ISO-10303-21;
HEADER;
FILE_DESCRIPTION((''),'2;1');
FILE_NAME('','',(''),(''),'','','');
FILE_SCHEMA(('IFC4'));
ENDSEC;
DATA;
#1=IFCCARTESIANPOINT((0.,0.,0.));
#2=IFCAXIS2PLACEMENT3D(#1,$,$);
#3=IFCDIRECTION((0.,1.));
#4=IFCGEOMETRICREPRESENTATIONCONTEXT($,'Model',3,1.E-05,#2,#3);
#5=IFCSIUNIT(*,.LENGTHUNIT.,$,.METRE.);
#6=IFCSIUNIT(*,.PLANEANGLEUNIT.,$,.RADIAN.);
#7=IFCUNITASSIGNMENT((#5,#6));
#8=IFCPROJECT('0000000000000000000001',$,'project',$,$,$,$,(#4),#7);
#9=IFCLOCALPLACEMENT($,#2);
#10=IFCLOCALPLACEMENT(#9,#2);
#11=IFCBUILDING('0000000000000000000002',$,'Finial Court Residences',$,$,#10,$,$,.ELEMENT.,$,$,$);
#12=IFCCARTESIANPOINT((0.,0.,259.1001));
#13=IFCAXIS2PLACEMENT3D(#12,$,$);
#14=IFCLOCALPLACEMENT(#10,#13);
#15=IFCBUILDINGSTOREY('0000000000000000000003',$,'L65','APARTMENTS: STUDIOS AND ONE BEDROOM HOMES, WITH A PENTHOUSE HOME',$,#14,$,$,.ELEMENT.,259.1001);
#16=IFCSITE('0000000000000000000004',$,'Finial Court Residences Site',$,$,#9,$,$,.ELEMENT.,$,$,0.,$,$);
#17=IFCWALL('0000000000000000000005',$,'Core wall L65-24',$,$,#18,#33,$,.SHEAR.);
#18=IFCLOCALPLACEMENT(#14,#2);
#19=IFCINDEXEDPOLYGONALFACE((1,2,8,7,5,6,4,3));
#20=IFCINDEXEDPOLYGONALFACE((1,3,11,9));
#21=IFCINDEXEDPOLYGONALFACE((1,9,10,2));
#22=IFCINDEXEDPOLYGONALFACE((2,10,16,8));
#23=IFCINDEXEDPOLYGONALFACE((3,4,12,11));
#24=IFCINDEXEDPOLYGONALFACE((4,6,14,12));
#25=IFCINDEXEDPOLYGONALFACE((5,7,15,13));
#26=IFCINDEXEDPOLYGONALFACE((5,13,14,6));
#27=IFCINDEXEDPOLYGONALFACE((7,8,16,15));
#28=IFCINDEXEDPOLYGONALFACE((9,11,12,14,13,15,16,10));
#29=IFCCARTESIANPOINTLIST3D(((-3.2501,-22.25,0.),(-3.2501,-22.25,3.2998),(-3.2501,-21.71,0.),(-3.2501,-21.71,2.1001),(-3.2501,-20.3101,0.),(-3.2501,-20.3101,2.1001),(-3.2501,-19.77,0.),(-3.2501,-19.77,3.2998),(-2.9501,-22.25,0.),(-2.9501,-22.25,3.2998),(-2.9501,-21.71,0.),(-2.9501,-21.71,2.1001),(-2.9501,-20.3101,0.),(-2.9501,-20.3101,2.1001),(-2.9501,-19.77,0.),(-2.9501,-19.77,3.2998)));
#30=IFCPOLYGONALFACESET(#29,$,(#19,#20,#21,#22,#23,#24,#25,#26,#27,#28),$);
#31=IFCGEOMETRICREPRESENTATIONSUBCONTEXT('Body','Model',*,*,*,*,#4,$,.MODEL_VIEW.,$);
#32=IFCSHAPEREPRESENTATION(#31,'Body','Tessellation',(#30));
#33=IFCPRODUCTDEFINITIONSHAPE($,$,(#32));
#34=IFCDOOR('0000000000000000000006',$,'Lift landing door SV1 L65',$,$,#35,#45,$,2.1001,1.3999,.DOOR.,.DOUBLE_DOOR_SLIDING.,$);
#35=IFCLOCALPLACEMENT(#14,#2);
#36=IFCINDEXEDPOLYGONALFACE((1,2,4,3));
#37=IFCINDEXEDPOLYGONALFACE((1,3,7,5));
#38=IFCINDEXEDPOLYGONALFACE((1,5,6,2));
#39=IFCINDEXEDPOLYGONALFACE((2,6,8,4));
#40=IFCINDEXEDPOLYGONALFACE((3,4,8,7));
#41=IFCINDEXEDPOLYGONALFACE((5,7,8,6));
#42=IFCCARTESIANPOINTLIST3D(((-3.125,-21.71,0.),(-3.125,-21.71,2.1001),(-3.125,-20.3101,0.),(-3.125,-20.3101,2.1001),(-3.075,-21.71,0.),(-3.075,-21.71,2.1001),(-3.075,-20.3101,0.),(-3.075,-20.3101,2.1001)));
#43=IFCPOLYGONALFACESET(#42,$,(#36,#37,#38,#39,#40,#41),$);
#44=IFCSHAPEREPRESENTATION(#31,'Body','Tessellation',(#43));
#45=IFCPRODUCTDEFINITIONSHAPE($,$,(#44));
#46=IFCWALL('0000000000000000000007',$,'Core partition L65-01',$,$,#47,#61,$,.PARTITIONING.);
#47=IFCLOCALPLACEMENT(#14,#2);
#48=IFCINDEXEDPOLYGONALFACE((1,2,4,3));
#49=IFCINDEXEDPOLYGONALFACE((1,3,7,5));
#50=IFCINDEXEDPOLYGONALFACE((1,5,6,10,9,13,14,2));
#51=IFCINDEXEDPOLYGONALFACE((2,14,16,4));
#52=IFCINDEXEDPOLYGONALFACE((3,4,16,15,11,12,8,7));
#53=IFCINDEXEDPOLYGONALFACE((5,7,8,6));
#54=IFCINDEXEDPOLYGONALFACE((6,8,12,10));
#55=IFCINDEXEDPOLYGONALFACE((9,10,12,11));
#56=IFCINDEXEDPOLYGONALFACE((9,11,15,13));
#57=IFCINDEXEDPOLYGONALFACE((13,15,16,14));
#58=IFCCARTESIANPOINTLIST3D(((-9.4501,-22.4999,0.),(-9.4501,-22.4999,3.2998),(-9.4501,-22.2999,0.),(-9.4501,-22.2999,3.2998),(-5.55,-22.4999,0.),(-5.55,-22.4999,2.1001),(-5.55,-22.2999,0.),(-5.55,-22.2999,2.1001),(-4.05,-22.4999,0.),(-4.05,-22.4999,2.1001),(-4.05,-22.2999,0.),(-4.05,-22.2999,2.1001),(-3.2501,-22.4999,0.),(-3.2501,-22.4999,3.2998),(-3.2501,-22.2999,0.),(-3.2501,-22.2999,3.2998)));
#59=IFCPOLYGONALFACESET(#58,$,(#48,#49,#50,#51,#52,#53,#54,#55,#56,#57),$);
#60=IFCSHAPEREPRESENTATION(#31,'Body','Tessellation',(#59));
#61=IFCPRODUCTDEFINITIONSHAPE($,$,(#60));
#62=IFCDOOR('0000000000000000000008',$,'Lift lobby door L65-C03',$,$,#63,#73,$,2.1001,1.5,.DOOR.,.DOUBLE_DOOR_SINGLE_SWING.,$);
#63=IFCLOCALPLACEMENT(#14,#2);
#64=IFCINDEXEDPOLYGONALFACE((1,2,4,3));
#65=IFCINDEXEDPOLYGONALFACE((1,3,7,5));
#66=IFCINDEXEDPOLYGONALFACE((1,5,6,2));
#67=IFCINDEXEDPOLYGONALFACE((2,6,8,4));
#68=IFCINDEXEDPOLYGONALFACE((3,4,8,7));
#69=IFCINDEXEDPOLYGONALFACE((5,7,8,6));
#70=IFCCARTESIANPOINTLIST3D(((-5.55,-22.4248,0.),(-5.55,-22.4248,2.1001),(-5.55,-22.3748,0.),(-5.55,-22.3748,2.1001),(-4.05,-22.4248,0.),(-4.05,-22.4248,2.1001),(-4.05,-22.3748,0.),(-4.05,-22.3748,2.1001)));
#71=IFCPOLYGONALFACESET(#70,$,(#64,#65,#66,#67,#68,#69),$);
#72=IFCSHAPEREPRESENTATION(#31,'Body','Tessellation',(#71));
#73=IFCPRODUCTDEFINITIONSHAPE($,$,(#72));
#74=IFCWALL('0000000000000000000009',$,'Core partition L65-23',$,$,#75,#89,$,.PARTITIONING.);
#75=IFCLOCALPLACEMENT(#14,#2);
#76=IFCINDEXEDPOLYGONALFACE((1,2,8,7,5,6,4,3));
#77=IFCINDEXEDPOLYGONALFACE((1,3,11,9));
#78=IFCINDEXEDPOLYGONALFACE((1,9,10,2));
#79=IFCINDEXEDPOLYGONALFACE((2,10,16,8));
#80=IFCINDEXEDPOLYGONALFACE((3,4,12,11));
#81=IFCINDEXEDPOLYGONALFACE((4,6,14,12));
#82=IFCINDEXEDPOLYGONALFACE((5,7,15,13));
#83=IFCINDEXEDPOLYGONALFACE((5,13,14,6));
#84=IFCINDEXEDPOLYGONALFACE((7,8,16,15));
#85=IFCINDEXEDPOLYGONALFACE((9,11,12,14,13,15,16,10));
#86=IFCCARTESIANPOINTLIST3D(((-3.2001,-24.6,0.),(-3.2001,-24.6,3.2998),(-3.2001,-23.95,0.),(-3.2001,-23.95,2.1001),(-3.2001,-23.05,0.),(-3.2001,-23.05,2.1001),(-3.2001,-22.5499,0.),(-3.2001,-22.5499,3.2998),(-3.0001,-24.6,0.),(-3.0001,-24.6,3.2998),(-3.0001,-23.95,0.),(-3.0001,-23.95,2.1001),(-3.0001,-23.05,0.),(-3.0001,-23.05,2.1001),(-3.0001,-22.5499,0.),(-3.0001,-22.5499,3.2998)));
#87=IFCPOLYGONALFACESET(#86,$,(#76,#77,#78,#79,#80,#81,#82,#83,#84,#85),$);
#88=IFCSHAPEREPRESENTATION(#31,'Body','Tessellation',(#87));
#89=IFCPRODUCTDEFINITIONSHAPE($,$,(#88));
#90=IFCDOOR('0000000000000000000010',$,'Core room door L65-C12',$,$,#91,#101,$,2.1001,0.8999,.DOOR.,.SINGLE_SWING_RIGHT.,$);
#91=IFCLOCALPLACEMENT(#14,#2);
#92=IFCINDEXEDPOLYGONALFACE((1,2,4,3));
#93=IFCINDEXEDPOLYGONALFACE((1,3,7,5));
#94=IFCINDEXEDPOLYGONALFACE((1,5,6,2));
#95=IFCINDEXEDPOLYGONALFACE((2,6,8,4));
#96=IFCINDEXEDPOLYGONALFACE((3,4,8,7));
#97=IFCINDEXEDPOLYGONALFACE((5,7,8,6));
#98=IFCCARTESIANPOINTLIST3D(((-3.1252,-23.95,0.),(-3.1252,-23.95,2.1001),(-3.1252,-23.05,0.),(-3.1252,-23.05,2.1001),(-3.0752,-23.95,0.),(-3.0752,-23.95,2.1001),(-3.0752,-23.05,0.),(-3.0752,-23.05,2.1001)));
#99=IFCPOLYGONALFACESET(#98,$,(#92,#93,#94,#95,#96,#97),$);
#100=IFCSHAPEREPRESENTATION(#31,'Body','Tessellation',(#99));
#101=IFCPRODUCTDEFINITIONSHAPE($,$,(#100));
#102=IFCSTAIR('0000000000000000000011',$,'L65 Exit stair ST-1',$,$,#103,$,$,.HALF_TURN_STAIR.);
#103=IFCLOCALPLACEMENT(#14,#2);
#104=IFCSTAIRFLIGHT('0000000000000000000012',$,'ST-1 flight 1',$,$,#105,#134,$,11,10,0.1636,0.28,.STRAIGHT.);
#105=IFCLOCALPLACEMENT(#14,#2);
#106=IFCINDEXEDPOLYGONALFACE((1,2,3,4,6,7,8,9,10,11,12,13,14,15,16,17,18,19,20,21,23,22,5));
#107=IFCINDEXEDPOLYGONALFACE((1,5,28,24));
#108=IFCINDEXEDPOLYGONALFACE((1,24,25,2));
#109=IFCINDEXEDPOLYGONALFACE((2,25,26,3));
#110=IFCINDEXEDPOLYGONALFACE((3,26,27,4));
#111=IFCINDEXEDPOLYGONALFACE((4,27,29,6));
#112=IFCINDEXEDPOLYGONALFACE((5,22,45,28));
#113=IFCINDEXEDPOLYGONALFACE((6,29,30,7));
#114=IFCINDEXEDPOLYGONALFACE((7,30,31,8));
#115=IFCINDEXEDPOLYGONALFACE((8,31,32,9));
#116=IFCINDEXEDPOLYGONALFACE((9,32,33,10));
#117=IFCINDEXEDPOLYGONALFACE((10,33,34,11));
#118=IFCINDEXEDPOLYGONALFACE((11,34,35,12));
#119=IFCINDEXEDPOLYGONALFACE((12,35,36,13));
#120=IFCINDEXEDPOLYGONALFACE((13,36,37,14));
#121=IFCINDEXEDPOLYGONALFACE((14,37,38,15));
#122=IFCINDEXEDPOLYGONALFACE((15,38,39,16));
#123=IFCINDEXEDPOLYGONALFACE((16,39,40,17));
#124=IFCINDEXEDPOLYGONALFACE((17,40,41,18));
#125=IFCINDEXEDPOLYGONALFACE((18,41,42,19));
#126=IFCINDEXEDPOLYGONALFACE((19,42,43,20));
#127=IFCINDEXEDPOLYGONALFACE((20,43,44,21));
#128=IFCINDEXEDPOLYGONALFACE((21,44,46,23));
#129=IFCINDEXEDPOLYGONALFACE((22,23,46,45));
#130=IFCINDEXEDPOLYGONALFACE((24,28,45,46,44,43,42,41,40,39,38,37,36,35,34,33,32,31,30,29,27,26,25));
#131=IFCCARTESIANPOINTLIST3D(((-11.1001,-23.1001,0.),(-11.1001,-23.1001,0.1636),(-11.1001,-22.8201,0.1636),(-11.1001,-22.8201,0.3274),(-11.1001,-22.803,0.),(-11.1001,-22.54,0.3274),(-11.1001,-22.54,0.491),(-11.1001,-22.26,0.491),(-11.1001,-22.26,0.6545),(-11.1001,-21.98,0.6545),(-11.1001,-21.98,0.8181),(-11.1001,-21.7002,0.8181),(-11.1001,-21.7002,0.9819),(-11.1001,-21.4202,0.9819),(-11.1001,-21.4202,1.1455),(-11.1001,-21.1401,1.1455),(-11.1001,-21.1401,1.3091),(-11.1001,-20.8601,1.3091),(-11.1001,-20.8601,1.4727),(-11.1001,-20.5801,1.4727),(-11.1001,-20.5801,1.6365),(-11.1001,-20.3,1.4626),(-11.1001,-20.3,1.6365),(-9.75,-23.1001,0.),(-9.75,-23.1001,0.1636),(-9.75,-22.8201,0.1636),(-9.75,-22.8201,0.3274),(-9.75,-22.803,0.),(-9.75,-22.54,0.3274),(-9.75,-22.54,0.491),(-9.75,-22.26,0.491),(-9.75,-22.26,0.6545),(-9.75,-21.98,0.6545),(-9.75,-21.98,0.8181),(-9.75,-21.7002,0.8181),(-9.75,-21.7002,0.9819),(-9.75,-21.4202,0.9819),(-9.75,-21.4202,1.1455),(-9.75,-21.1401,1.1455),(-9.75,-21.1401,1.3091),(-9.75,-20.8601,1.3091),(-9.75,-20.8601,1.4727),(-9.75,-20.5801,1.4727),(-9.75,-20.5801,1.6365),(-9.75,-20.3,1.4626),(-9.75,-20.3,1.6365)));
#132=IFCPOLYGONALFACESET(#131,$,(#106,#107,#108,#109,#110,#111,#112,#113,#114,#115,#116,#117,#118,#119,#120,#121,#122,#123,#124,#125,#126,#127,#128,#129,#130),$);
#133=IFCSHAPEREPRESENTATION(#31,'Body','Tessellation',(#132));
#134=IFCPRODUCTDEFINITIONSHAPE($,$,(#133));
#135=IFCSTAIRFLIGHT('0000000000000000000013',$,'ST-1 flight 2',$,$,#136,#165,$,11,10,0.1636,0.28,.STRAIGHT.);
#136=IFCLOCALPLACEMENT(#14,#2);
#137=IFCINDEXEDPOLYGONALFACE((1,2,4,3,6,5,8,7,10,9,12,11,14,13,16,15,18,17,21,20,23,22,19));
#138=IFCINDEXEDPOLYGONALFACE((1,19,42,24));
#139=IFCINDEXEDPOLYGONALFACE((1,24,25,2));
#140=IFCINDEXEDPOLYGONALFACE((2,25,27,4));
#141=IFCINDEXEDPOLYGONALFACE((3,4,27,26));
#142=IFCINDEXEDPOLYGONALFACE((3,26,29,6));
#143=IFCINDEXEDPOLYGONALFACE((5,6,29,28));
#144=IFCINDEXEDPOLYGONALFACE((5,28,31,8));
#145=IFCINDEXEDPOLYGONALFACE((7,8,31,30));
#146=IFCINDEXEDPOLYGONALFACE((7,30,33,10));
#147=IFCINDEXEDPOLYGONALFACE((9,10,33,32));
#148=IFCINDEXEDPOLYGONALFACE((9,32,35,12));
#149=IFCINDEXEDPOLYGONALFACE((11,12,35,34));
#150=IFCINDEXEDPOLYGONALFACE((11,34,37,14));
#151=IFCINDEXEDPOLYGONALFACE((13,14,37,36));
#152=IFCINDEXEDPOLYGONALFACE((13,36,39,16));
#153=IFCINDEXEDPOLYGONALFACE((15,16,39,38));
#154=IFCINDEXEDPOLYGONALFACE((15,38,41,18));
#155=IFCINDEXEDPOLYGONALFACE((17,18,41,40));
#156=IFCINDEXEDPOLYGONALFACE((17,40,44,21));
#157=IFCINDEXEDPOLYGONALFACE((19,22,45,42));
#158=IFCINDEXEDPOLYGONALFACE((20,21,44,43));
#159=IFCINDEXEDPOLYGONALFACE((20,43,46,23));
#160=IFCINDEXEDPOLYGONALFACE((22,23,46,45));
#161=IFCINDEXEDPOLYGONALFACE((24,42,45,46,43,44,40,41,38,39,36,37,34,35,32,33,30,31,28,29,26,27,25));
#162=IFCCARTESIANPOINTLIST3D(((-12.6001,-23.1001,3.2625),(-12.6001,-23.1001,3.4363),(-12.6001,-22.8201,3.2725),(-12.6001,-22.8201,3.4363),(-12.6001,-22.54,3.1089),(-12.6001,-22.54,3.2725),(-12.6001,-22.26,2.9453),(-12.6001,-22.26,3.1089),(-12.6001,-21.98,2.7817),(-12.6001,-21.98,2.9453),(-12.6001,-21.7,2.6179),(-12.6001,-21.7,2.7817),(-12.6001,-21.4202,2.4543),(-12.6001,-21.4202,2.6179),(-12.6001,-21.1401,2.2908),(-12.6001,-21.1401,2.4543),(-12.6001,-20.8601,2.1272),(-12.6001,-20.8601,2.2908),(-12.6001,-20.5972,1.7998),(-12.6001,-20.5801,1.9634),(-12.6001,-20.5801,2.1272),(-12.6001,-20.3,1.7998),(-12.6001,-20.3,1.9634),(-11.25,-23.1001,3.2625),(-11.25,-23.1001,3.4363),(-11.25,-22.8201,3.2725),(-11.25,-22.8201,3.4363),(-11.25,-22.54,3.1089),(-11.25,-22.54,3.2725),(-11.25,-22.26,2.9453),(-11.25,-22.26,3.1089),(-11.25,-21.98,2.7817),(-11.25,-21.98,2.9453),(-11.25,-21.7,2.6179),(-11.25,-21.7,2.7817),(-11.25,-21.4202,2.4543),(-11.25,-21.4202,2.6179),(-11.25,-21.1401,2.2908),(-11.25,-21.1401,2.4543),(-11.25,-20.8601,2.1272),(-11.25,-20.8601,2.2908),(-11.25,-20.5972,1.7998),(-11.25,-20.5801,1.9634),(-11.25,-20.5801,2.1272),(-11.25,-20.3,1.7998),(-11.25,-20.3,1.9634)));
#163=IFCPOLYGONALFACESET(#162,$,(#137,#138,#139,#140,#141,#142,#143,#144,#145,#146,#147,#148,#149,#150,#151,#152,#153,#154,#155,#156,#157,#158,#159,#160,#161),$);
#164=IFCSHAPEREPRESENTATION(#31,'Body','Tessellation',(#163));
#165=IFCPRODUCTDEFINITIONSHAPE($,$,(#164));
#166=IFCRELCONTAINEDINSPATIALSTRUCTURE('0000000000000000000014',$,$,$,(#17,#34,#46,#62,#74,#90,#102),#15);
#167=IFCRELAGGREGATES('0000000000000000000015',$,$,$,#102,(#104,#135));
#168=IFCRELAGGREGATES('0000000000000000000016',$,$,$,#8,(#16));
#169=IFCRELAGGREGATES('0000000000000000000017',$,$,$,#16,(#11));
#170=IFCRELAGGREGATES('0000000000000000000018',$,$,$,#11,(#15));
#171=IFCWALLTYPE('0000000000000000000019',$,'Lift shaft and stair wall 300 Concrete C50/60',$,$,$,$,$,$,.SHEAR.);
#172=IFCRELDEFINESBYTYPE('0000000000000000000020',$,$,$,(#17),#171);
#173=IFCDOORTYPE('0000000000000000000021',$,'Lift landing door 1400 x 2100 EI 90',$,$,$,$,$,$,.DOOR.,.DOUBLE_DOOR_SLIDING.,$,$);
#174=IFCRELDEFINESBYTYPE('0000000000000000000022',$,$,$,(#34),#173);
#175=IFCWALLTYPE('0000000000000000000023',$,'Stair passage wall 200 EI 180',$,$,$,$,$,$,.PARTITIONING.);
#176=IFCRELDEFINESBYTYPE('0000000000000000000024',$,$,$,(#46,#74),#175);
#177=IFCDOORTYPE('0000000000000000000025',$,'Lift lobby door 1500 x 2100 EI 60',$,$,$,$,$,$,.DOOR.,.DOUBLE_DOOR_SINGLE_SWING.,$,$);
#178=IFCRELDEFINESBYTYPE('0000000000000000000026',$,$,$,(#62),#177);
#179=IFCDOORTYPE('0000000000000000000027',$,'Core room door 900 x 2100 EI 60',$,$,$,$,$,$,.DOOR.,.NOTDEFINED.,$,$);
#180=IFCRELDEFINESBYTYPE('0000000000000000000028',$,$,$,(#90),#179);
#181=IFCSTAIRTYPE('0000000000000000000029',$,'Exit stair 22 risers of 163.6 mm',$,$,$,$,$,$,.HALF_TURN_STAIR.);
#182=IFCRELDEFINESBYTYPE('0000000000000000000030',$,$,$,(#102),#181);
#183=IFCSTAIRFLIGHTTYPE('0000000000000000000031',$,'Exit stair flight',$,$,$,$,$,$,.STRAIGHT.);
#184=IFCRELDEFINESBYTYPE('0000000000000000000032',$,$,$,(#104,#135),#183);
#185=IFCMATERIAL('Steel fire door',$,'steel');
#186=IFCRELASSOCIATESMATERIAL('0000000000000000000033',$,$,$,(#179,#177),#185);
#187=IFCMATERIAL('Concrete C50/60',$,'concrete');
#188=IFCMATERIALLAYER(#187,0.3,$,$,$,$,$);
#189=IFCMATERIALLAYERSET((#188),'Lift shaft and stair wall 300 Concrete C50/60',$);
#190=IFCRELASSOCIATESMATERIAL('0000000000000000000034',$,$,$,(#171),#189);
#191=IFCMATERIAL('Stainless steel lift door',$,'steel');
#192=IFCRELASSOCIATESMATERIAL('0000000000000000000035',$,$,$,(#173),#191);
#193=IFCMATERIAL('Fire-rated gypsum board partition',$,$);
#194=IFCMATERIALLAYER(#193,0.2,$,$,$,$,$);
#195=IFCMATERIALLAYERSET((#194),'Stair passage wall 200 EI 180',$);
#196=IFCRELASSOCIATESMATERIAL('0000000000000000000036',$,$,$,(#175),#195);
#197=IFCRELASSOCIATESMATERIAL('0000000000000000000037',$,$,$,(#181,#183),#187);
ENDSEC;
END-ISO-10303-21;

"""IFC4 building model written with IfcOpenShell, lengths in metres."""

from ifc_helpers import new_model, si_unit, direction, frame, frame_2d, origin, place, context, subcontext, project, spatial, polyline, rectangle, outline, extrude, material, layer, layer_set, type_object, element, fill, aggregate, save


model = new_model("IFC4")

# Units and contexts
model_context = context("Model", 3, precision=1e-05, world=origin(), true_north=direction((0.0, 1.0)))
body_context = subcontext(model_context, "Body", "Model", "MODEL_VIEW")
ifc_project = project(units=[si_unit("LENGTHUNIT", "METRE"), si_unit("PLANEANGLEUNIT", "RADIAN")], contexts=[model_context])

# Site, building, storey
site_placement = place(None, origin())
site = spatial("IfcSite", under=ifc_project, at=site_placement, Name="Finial Court Residences Site", CompositionType="ELEMENT", RefElevation=0.0)
building_placement = place(site_placement, origin())
building = spatial("IfcBuilding", under=site, at=building_placement, Name="Finial Court Residences", CompositionType="ELEMENT")
storey_placement = place(building_placement, frame((0.0, 0.0, 259.1001)))
storey = spatial("IfcBuildingStorey", under=building, at=storey_placement, Name="L65", Description="APARTMENTS: STUDIOS AND ONE BEDROOM HOMES, WITH A PENTHOUSE HOME", CompositionType="ELEMENT", Elevation=259.1001)

# Shared definitions
ifc_material_1 = material(Name="Concrete C50/60", Category="concrete")
ifc_material_2 = material(Name="Fire-rated gypsum board partition")

# Shared definitions
ifc_material_3 = material(Name="Steel fire door", Category="steel")
door_type_1 = type_object("IfcDoorType", Name="Core room door 900 x 2100 EI 60", OperationType="NOTDEFINED", PredefinedType="DOOR", material=ifc_material_3)

# Shared definitions
ifc_layer_1 = layer(ifc_material_1, 0.3)
ifc_layer_set_1 = layer_set([ifc_layer_1], Name="Lift shaft and stair wall 300 Concrete C50/60")
wall_type_1 = type_object("IfcWallType", Name="Lift shaft and stair wall 300 Concrete C50/60", PredefinedType="SHEAR", material=ifc_layer_set_1)

# Walls, openings, doors
wall_1_placement = place(storey_placement, frame((-3.1001, -22.25, 0.0), z_axis=(0.0, 0.0, 1.0), x_axis=(0.0, 1.0, 0.0)))
wall_1 = element("IfcWall", 1, at=wall_1_placement, inside=storey, type_object=wall_type_1, Name="Core wall L65-24", PredefinedType="SHEAR", context=body_context, shape_type="SweptSolid", body=[
    extrude(rectangle(XDim=2.48, YDim=0.3, at=frame_2d((1.24, 0.0))), origin(), (0.0, 0.0, 1.0), 3.2998),
])
opening_1_placement = place(wall_1_placement, frame((0.54, 0.0, 0.0)))
opening_1 = element("IfcOpeningElement", 2, at=opening_1_placement, cuts=wall_1, PredefinedType="OPENING", context=body_context, shape_type="SweptSolid", body=[
    extrude(rectangle(XDim=1.3999, YDim=2.1001, at=frame_2d((0.7, 1.05))), frame((0.0, 0.1599, 0.0), z_axis=(0.0, -1.0, 0.0), x_axis=(1.0, 0.0, 0.0)), (0.0, 0.0, 1.0), 0.3201),
])
ifc_material_4 = material(Name="Stainless steel lift door", Category="steel")
door_type_2 = type_object("IfcDoorType", Name="Lift landing door 1400 x 2100 EI 90", OperationType="DOUBLE_DOOR_SLIDING", PredefinedType="DOOR", material=ifc_material_4)
door_1_placement = place(opening_1_placement, origin())
door_1 = element("IfcDoor", 3, at=door_1_placement, inside=storey, type_object=door_type_2, Name="Lift landing door SV1 L65", OperationType="DOUBLE_DOOR_SLIDING", OverallHeight=2.1001, OverallWidth=1.3999, PredefinedType="DOOR", context=body_context, shape_type="SweptSolid", body=[
    extrude(rectangle(XDim=1.3999, YDim=2.1001, at=frame_2d((0.7, 1.05))), frame((0.0, 0.0249, 0.0), z_axis=(0.0, -1.0, 0.0), x_axis=(1.0, 0.0, 0.0)), (0.0, 0.0, 1.0), 0.05),
])
fill(opening_1, door_1)
ifc_layer_2 = layer(ifc_material_2, 0.2)
ifc_layer_set_2 = layer_set([ifc_layer_2], Name="Stair passage wall 200 EI 180")
wall_type_2 = type_object("IfcWallType", Name="Stair passage wall 200 EI 180", PredefinedType="PARTITIONING", material=ifc_layer_set_2)
wall_2_placement = place(storey_placement, frame((-3.25, -22.3999, 0.0), z_axis=(0.0, 0.0, 1.0), x_axis=(-1.0, 0.0, 0.0)))
wall_2 = element("IfcWall", 4, at=wall_2_placement, inside=storey, type_object=wall_type_2, Name="Core partition L65-01", PredefinedType="PARTITIONING", context=body_context, shape_type="SweptSolid", body=[
    extrude(rectangle(XDim=6.2, YDim=0.2, at=frame_2d((3.1001, 0.0))), origin(), (0.0, 0.0, 1.0), 3.2998),
])
opening_2_placement = place(wall_2_placement, frame((0.8, 0.0, 0.0)))
opening_2 = element("IfcOpeningElement", 5, at=opening_2_placement, cuts=wall_2, PredefinedType="OPENING", context=body_context, shape_type="SweptSolid", body=[
    extrude(rectangle(XDim=1.5, YDim=2.1001, at=frame_2d((0.75, 1.05))), frame((0.0, 0.1099, 0.0), z_axis=(0.0, -1.0, 0.0), x_axis=(1.0, 0.0, 0.0)), (0.0, 0.0, 1.0), 0.22),
])
door_type_3 = type_object("IfcDoorType", Name="Lift lobby door 1500 x 2100 EI 60", OperationType="DOUBLE_DOOR_SINGLE_SWING", PredefinedType="DOOR", material=ifc_material_3)
door_2_placement = place(opening_2_placement, origin())
door_2 = element("IfcDoor", 6, at=door_2_placement, inside=storey, type_object=door_type_3, Name="Lift lobby door L65-C03", OperationType="DOUBLE_DOOR_SINGLE_SWING", OverallHeight=2.1001, OverallWidth=1.5, PredefinedType="DOOR", context=body_context, shape_type="SweptSolid", body=[
    extrude(rectangle(XDim=1.5, YDim=2.1001, at=frame_2d((0.75, 1.05))), frame((0.0, 0.0249, 0.0), z_axis=(0.0, -1.0, 0.0), x_axis=(1.0, 0.0, 0.0)), (0.0, 0.0, 1.0), 0.05),
])
fill(opening_2, door_2)
wall_3_placement = place(storey_placement, frame((-3.1001, -22.55, 0.0), z_axis=(0.0, 0.0, 1.0), x_axis=(0.0, -1.0, 0.0)))
wall_3 = element("IfcWall", 7, at=wall_3_placement, inside=storey, type_object=wall_type_2, Name="Core partition L65-23", PredefinedType="PARTITIONING", context=body_context, shape_type="SweptSolid", body=[
    extrude(rectangle(XDim=2.05, YDim=0.2, at=frame_2d((1.0249, 0.0))), origin(), (0.0, 0.0, 1.0), 3.2998),
])
opening_3_placement = place(wall_3_placement, frame((0.5, 0.0, 0.0)))
opening_3 = element("IfcOpeningElement", 8, at=opening_3_placement, cuts=wall_3, PredefinedType="OPENING", context=body_context, shape_type="SweptSolid", body=[
    extrude(rectangle(XDim=0.8999, YDim=2.1001, at=frame_2d((0.45, 1.05))), frame((0.0, 0.1099, 0.0), z_axis=(0.0, -1.0, 0.0), x_axis=(1.0, 0.0, 0.0)), (0.0, 0.0, 1.0), 0.22),
])
door_3_placement = place(opening_3_placement, origin())
door_3 = element("IfcDoor", 9, at=door_3_placement, inside=storey, type_object=door_type_1, Name="Core room door L65-C12", OperationType="SINGLE_SWING_RIGHT", OverallHeight=2.1001, OverallWidth=0.8999, PredefinedType="DOOR", context=body_context, shape_type="SweptSolid", body=[
    extrude(rectangle(XDim=0.8999, YDim=2.1001, at=frame_2d((0.45, 1.05))), frame((0.0, 0.0249, 0.0), z_axis=(0.0, -1.0, 0.0), x_axis=(1.0, 0.0, 0.0)), (0.0, 0.0, 1.0), 0.05),
])
fill(opening_3, door_3)

# Stair, stair flights
stair_type = type_object("IfcStairType", Name="Exit stair 22 risers of 163.6 mm", PredefinedType="HALF_TURN_STAIR", material=ifc_material_1)
stair_placement = place(storey_placement, origin())
stair = element("IfcStair", 10, at=stair_placement, inside=storey, type_object=stair_type, Name="L65 Exit stair ST-1", PredefinedType="HALF_TURN_STAIR")
stair_flight_type = type_object("IfcStairFlightType", Name="Exit stair flight", PredefinedType="STRAIGHT", material=ifc_material_1)
stair_flight_1_placement = place(storey_placement, frame((-10.425, -23.1001, 0.0), z_axis=(0.0, 0.0, 1.0), x_axis=(0.0, 1.0, 0.0)))
stair_flight_1 = element("IfcStairFlight", 11, at=stair_flight_1_placement, type_object=stair_flight_type, Name="ST-1 flight 1", NumberOfRisers=11, NumberOfTreads=10, PredefinedType="STRAIGHT", RiserHeight=0.1636, TreadLength=0.28, context=body_context, shape_type="SweptSolid", body=[
    extrude(outline(polyline([(0.0, 0.0), (0.0, 0.1636), (0.28, 0.1636), (0.28, 0.3274), (0.5601, 0.3274), (0.5601, 0.491), (0.8401, 0.491), (0.8401, 0.6545), (1.1201, 0.6545), (1.1201, 0.8181), (1.3999, 0.8181), (1.3999, 0.9819), (1.6799, 0.9819), (1.6799, 1.1455), (1.96, 1.1455), (1.96, 1.3091), (2.24, 1.3091), (2.24, 1.4727), (2.52, 1.4727), (2.52, 1.6365), (2.8, 1.6365), (2.8, 1.8), (2.8, 1.4626), (0.2971, 0.0), (0.0, 0.0)])), frame((0.0, 0.675, 0.0), z_axis=(0.0, -1.0, 0.0), x_axis=(1.0, 0.0, 0.0)), (0.0, 0.0, 1.0), 1.3501),
])
stair_flight_2_placement = place(storey_placement, frame((-11.925, -20.3, 1.7998), z_axis=(0.0, 0.0, 1.0), x_axis=(0.0, -1.0, 0.0)))
stair_flight_2 = element("IfcStairFlight", 12, at=stair_flight_2_placement, type_object=stair_flight_type, Name="ST-1 flight 2", NumberOfRisers=11, NumberOfTreads=10, PredefinedType="STRAIGHT", RiserHeight=0.1636, TreadLength=0.28, context=body_context, shape_type="SweptSolid", body=[
    extrude(outline(polyline([(0.0, 0.0), (0.0, 0.1636), (0.28, 0.1636), (0.28, 0.3274), (0.5601, 0.3274), (0.5601, 0.491), (0.8401, 0.491), (0.8401, 0.6545), (1.1201, 0.6545), (1.1201, 0.8181), (1.3999, 0.8181), (1.3999, 0.9819), (1.6799, 0.9819), (1.6799, 1.1455), (1.96, 1.1455), (1.96, 1.3091), (2.24, 1.3091), (2.24, 1.4727), (2.52, 1.4727), (2.52, 1.6365), (2.8, 1.6365), (2.8, 1.8), (2.8, 1.4626), (0.2971, 0.0), (0.0, 0.0)])), frame((0.0, 0.675, 0.0), z_axis=(0.0, -1.0, 0.0), x_axis=(1.0, 0.0, 0.0)), (0.0, 0.0, 1.0), 1.3501),
])
aggregate(stair, [stair_flight_1, stair_flight_2])

save(model, "model.ifc")
